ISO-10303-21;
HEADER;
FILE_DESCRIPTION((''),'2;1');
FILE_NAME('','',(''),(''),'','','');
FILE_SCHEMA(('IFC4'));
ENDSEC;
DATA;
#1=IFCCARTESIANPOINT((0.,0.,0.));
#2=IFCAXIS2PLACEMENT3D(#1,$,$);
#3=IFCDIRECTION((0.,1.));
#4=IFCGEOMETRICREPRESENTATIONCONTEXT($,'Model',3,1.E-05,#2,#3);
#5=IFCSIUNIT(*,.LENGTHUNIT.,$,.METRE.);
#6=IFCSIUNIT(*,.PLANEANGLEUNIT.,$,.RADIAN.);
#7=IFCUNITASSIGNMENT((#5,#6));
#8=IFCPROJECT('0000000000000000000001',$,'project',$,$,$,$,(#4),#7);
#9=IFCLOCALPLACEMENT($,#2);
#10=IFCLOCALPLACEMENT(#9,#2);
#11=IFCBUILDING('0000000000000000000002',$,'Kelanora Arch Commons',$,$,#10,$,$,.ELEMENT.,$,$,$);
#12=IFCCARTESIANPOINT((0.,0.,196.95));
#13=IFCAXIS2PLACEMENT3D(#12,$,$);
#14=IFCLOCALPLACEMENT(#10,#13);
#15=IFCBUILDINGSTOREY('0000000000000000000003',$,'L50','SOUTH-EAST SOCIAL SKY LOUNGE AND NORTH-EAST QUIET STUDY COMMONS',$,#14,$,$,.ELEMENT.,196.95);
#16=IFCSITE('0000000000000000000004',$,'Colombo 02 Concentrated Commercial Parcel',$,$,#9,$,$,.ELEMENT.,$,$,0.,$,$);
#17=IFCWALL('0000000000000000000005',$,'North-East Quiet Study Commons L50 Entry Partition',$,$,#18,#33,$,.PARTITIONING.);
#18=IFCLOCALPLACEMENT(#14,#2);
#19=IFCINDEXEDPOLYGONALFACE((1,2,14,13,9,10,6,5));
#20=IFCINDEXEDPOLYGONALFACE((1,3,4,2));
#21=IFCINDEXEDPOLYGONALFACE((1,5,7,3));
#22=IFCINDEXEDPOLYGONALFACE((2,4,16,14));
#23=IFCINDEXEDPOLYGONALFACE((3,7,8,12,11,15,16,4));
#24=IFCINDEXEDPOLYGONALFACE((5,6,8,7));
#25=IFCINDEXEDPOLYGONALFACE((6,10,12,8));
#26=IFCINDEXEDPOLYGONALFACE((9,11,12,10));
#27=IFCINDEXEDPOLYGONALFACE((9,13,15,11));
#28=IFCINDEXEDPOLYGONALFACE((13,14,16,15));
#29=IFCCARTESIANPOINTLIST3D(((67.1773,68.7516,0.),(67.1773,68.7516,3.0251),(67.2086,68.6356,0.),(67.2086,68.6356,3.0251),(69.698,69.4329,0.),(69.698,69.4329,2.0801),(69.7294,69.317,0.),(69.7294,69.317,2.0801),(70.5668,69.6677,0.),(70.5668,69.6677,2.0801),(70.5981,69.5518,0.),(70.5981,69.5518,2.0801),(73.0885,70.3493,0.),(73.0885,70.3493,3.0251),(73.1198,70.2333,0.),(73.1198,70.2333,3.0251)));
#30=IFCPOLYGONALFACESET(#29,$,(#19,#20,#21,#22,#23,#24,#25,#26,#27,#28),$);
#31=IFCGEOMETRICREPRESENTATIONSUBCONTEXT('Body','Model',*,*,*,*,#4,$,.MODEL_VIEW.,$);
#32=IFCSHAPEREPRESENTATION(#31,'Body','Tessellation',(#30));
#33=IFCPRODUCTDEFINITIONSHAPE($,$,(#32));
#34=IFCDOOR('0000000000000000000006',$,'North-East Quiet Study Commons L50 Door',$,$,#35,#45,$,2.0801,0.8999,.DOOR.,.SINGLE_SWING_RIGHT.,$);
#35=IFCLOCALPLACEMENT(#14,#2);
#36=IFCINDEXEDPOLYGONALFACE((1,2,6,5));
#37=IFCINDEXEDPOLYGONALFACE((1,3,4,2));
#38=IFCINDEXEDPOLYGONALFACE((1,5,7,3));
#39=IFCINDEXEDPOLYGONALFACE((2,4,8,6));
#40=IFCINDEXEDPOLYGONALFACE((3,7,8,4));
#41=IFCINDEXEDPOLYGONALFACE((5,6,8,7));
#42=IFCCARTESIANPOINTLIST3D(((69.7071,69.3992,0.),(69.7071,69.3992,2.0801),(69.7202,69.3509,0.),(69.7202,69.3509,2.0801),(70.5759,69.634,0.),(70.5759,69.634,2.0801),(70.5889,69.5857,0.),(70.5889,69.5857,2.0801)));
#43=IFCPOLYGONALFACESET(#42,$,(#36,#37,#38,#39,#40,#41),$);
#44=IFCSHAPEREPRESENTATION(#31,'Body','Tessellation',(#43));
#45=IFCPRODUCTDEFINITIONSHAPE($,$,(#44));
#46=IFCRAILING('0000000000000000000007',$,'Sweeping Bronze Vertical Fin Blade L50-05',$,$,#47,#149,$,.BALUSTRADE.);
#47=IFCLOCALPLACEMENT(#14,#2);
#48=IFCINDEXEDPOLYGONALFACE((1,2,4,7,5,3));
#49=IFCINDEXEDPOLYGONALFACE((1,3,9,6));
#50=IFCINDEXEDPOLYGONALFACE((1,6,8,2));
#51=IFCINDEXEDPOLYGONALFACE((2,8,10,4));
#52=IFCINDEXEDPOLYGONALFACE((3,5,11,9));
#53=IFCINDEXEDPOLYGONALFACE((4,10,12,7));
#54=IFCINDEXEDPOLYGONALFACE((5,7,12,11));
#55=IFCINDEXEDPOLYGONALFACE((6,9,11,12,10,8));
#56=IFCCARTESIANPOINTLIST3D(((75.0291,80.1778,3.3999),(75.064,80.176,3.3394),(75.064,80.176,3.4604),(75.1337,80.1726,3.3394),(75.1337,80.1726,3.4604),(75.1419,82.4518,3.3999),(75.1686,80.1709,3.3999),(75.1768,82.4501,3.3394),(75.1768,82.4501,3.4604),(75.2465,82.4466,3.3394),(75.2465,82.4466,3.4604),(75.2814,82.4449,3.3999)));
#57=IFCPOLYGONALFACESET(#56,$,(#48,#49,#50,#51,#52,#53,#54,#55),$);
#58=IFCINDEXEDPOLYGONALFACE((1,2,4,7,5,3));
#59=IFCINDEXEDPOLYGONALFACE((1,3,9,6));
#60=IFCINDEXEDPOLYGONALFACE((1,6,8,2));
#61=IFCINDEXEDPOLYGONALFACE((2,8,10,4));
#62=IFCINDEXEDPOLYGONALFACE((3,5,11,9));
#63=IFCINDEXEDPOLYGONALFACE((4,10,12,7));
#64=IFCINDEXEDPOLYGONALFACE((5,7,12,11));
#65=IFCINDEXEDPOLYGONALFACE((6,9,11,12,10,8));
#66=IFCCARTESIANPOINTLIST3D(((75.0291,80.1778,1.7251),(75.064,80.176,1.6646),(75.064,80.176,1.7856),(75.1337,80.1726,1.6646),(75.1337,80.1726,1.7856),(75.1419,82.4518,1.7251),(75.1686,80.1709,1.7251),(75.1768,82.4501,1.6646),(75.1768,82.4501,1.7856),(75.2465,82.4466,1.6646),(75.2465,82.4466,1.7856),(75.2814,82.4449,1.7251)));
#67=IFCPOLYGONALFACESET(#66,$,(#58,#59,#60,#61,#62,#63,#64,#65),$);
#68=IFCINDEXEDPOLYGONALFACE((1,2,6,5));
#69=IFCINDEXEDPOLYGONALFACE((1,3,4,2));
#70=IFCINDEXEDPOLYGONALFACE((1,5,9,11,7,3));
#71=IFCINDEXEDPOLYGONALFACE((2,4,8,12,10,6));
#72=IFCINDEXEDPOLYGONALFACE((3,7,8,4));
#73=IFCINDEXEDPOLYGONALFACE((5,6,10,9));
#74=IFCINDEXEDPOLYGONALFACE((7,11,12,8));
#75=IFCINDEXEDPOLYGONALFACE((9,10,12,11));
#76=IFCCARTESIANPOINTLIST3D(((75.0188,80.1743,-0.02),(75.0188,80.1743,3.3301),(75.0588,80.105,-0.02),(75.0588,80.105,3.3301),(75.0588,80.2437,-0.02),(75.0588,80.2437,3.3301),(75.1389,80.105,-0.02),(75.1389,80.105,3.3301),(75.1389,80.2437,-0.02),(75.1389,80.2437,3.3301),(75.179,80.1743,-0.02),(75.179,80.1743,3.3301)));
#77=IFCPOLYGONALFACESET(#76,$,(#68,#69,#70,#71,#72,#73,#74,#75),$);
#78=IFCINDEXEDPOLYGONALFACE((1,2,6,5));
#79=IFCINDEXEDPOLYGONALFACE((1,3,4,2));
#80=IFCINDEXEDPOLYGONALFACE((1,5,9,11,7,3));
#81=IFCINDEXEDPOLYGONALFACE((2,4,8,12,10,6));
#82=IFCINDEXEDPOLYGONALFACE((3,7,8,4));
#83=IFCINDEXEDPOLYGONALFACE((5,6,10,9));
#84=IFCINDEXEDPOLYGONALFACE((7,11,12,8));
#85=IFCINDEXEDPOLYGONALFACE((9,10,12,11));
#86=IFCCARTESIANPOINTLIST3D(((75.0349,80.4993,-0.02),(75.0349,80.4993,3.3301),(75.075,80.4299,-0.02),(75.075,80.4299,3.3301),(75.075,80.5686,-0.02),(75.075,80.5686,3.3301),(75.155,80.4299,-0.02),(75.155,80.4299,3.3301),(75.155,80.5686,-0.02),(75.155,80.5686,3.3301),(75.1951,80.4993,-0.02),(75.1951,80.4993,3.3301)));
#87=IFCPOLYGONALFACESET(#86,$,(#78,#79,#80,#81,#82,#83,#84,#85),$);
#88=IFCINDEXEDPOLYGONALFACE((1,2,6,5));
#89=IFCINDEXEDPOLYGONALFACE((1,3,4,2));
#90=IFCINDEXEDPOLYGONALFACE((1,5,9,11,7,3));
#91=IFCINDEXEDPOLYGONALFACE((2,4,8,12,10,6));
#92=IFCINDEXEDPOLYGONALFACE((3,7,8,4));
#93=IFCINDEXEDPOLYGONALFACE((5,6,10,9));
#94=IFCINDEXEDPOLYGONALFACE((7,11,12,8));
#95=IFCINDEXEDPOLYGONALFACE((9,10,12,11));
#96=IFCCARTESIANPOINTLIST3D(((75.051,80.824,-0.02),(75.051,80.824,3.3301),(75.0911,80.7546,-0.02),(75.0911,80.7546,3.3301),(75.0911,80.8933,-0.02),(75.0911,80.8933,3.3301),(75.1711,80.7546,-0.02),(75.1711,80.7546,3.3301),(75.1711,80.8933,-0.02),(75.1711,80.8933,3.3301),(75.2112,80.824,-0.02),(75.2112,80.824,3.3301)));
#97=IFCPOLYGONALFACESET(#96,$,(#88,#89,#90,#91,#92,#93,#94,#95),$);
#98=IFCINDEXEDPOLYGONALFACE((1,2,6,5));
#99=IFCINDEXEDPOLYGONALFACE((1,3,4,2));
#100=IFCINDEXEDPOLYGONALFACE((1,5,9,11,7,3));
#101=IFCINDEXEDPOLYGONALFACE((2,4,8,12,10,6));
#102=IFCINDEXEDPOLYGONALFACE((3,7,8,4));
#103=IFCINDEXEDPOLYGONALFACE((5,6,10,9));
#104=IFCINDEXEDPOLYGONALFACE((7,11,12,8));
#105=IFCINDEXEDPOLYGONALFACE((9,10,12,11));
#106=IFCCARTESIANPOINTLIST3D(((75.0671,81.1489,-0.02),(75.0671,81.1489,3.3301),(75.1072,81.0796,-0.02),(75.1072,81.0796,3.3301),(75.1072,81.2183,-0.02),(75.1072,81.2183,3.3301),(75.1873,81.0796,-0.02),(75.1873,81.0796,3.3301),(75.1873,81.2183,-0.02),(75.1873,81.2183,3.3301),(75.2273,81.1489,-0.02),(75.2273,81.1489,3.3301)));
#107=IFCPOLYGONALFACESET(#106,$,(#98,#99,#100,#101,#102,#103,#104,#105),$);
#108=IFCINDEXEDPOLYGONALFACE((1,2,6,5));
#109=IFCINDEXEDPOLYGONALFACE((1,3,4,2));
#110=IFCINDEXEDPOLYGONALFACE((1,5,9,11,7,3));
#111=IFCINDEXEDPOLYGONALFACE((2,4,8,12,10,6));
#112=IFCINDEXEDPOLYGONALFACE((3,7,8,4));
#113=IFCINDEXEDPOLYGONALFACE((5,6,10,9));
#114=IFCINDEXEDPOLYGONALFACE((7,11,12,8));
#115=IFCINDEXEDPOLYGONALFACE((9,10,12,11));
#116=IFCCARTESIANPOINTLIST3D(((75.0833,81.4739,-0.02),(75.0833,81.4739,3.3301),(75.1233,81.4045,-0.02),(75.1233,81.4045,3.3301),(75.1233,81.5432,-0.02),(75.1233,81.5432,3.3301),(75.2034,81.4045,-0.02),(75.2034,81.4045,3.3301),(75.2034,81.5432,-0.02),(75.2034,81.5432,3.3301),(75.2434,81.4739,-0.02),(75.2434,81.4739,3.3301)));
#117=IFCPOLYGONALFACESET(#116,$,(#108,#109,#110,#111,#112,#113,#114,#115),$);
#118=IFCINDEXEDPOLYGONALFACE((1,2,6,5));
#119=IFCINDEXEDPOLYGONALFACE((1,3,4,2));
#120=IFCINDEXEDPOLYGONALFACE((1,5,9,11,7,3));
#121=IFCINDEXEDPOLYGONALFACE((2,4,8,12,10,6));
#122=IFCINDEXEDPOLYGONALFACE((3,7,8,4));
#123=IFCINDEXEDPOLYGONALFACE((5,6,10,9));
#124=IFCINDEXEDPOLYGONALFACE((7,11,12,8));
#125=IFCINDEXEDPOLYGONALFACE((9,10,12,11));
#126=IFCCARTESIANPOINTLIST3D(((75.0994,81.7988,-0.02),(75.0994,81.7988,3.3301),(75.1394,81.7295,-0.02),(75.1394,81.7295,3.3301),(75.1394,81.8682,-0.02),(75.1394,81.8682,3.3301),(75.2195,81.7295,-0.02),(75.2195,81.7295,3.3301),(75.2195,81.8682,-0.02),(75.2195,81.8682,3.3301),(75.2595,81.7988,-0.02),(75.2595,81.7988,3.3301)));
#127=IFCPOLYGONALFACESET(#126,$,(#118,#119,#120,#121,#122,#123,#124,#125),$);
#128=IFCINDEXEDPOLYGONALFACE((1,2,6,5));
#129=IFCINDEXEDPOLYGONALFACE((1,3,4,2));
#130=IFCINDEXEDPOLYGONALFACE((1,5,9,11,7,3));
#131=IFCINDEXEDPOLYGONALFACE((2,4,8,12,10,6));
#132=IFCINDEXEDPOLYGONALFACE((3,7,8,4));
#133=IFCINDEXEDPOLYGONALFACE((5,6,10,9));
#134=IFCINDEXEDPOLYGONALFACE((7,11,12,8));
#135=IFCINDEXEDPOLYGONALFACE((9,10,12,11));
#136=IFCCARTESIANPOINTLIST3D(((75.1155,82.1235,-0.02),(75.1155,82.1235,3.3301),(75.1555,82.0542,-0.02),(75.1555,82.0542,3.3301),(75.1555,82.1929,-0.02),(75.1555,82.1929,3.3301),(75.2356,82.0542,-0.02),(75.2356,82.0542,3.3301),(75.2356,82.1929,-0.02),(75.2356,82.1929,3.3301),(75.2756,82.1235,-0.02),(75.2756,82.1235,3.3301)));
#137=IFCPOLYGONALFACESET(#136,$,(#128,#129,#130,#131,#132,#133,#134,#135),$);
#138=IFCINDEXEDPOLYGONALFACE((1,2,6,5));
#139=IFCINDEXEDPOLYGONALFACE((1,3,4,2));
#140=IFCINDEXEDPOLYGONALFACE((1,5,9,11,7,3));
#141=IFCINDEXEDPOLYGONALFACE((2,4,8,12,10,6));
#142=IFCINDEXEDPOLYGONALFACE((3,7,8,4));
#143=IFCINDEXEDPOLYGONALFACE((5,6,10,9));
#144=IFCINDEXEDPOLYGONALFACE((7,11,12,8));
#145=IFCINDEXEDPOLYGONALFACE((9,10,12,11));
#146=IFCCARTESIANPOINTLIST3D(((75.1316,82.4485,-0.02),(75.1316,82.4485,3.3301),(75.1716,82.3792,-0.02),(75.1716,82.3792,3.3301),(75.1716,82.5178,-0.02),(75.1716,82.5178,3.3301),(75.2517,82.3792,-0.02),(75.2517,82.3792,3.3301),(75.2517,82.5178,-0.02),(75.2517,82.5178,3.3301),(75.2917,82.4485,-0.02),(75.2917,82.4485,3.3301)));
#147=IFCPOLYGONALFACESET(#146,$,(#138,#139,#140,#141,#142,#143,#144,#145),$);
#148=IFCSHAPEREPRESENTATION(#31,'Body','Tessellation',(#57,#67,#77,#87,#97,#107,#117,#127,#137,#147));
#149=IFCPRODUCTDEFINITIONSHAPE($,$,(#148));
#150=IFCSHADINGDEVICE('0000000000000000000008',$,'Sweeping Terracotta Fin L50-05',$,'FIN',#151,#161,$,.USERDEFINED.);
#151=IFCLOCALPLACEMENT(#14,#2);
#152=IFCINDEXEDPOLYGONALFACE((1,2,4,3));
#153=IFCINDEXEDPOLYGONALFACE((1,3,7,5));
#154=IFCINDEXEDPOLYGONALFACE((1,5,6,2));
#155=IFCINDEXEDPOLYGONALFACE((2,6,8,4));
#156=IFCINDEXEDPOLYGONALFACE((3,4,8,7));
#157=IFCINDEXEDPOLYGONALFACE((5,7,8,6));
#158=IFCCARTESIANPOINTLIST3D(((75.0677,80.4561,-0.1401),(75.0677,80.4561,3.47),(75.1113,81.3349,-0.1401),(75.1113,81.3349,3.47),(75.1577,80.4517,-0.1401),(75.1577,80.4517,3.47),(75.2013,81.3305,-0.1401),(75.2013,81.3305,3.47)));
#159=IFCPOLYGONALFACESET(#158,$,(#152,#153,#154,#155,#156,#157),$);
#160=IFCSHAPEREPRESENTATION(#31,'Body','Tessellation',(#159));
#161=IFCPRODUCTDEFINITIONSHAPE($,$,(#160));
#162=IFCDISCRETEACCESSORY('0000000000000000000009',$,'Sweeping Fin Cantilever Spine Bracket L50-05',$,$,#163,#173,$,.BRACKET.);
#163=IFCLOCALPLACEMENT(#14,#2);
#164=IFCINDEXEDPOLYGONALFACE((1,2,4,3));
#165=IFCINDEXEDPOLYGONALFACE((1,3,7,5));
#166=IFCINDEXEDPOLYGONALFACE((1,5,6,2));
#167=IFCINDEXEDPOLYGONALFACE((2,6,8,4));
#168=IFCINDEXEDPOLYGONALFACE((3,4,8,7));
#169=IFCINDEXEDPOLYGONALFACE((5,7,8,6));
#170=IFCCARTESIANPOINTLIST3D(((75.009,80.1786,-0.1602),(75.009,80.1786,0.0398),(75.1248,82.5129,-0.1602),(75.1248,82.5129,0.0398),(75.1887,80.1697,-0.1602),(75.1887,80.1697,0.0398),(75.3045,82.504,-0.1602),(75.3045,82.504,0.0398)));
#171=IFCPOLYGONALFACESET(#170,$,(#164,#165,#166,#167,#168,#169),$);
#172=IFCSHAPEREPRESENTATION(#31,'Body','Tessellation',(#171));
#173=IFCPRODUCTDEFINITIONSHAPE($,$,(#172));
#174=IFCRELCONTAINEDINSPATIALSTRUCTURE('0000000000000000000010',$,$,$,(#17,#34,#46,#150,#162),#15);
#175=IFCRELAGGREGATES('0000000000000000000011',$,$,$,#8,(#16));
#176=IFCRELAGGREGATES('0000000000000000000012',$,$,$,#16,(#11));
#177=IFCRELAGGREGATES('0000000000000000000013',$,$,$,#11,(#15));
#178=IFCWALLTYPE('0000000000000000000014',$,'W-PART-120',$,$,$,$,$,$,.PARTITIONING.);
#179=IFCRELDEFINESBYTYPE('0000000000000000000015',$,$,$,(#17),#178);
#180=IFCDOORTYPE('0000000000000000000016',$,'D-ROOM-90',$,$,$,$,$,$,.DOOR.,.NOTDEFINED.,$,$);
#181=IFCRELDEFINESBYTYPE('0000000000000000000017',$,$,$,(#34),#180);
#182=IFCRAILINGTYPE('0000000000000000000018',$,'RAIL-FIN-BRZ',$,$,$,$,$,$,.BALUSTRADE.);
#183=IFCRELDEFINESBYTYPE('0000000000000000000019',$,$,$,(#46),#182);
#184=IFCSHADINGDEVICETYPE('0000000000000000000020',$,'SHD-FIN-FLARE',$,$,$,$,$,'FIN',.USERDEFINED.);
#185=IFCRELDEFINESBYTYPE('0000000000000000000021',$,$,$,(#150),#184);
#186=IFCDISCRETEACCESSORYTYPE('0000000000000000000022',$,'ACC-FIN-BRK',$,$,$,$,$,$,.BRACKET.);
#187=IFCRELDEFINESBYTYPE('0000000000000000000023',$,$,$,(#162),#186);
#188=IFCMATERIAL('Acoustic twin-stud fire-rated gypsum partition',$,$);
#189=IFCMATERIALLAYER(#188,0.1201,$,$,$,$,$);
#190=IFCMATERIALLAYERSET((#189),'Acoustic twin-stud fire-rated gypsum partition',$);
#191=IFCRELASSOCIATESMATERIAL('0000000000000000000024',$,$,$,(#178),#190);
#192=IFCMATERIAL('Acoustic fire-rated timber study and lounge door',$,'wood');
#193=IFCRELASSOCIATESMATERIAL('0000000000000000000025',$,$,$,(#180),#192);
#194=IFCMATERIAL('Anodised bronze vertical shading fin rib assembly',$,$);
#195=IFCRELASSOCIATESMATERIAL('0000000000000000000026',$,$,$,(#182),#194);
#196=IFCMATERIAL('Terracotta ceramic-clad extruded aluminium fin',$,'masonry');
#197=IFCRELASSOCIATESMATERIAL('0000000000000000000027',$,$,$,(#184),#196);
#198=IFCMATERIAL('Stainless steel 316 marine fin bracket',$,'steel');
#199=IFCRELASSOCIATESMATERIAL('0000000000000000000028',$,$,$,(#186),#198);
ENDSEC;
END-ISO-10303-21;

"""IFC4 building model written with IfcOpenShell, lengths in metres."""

from ifc_helpers import new_model, si_unit, direction, frame, frame_2d, origin, origin_2d, place, context, subcontext, project, spatial, polyline, rectangle, outline, extrude, source, transform, mapped, material, layer, layer_set, type_object, element, fill, save


model = new_model("IFC4")

# Units and contexts
model_context = context("Model", 3, precision=1e-05, world=origin(), true_north=direction((0.0, 1.0)))
body_context = subcontext(model_context, "Body", "Model", "MODEL_VIEW")
ifc_project = project(units=[si_unit("LENGTHUNIT", "METRE"), si_unit("PLANEANGLEUNIT", "RADIAN")], contexts=[model_context])

# Site, building, storey
site_placement = place(None, origin())
site = spatial("IfcSite", under=ifc_project, at=site_placement, Name="Colombo 02 Concentrated Commercial Parcel", CompositionType="ELEMENT", RefElevation=0.0)
building_placement = place(site_placement, origin())
building = spatial("IfcBuilding", under=site, at=building_placement, Name="Kelanora Arch Commons", CompositionType="ELEMENT")
storey_placement = place(building_placement, frame((0.0, 0.0, 196.95)))
storey = spatial("IfcBuildingStorey", under=building, at=storey_placement, Name="L50", Description="SOUTH-EAST SOCIAL SKY LOUNGE AND NORTH-EAST QUIET STUDY COMMONS", CompositionType="ELEMENT", Elevation=196.95)

# Wall, opening, door
ifc_material_1 = material(Name="Acoustic twin-stud fire-rated gypsum partition")
ifc_layer_1 = layer(ifc_material_1, 0.1201)
ifc_layer_set_1 = layer_set([ifc_layer_1], Name="Acoustic twin-stud fire-rated gypsum partition")
wall_type_1 = type_object("IfcWallType", Name="W-PART-120", PredefinedType="PARTITIONING", material=ifc_layer_set_1)
wall_1_placement = place(storey_placement, frame((73.104, 70.2913, 0.0), z_axis=(0.0, 0.0, 1.0), x_axis=(-0.965361, -0.260917, 0.0)))
wall_1 = element("IfcWall", 1, at=wall_1_placement, inside=storey, type_object=wall_type_1, Name="North-East Quiet Study Commons L50 Entry Partition", PredefinedType="PARTITIONING", context=body_context, shape_type="SweptSolid", body=[
    extrude(rectangle(XDim=6.1233, YDim=0.1201, at=frame_2d((3.0615, 0.0))), origin(), (0.0, 0.0, 1.0), 3.0251),
])
opening_1_placement = place(wall_1_placement, frame((2.6121, 0.0, 0.0)))
opening_1 = element("IfcOpeningElement", 2, at=opening_1_placement, cuts=wall_1, PredefinedType="OPENING", context=body_context, shape_type="SweptSolid", body=[
    extrude(rectangle(XDim=0.8999, YDim=2.0801, at=frame_2d((0.45, 1.04))), frame((0.0, 0.0701, 0.0), z_axis=(0.0, -1.0, 0.0), x_axis=(1.0, 0.0, 0.0)), (0.0, 0.0, 1.0), 0.1401),
])
ifc_material_2 = material(Name="Acoustic fire-rated timber study and lounge door", Category="wood")
door_type = type_object("IfcDoorType", Name="D-ROOM-90", OperationType="NOTDEFINED", PredefinedType="DOOR", material=ifc_material_2)
door_placement = place(opening_1_placement, origin())
door = element("IfcDoor", 3, at=door_placement, inside=storey, type_object=door_type, Name="North-East Quiet Study Commons L50 Door", OperationType="SINGLE_SWING_RIGHT", OverallHeight=2.0801, OverallWidth=0.8999, PredefinedType="DOOR", context=body_context, shape_type="SweptSolid", body=[
    extrude(rectangle(XDim=0.8999, YDim=2.0801, at=frame_2d((0.45, 1.04))), frame((0.0, 0.0249, 0.0), z_axis=(0.0, -1.0, 0.0), x_axis=(1.0, 0.0, 0.0)), (0.0, 0.0, 1.0), 0.05),
])
fill(opening_1, door)

# Railing
ifc_material_3 = material(Name="Anodised bronze vertical shading fin rib assembly")
railing_type = type_object("IfcRailingType", Name="RAIL-FIN-BRZ", PredefinedType="BALUSTRADE", material=ifc_material_3)
railing_placement = place(storey_placement, frame((75.0989, 80.1743, -0.02)))
element("IfcRailing", 4, at=railing_placement, inside=storey, type_object=railing_type, Name="Sweeping Bronze Vertical Fin Blade L50-05", PredefinedType="BALUSTRADE", context=body_context, shape_type="SweptSolid", body=[
    extrude(outline(polyline([(0.0698, 0.0), (0.0349, 0.0605), (-0.0349, 0.0605), (-0.0698, 0.0), (-0.0349, -0.0605), (0.0349, -0.0605), (0.0698, 0.0)])), frame((0.0, 0.0, 3.4199), z_axis=(0.049537, 0.998772, 0.0), x_axis=(-0.998772, 0.049537, 0.0)), (0.0, 0.0, 1.0), 2.2769),
    extrude(outline(polyline([(0.0698, 0.0), (0.0349, 0.0605), (-0.0349, 0.0605), (-0.0698, 0.0), (-0.0349, -0.0605), (0.0349, -0.0605), (0.0698, 0.0)])), frame((0.0, 0.0, 1.7451), z_axis=(0.049537, 0.998772, 0.0), x_axis=(-0.998772, 0.049537, 0.0)), (0.0, 0.0, 1.0), 2.2769),
    extrude(outline(polyline([(0.0801, 0.0), (0.04, 0.0693), (-0.04, 0.0693), (-0.0801, 0.0), (-0.04, -0.0693), (0.04, -0.0693), (0.0801, 0.0)])), origin(), (0.0, 0.0, 1.0), 3.3501),
    extrude(outline(polyline([(0.0801, 0.0), (0.04, 0.0693), (-0.04, 0.0693), (-0.0801, 0.0), (-0.04, -0.0693), (0.04, -0.0693), (0.0801, 0.0)])), frame((0.0161, 0.325, 0.0)), (0.0, 0.0, 1.0), 3.3501),
    extrude(outline(polyline([(0.0801, 0.0), (0.04, 0.0693), (-0.04, 0.0693), (-0.0801, 0.0), (-0.04, -0.0693), (0.04, -0.0693), (0.0801, 0.0)])), frame((0.0322, 0.6497, 0.0)), (0.0, 0.0, 1.0), 3.3501),
    extrude(outline(polyline([(0.0801, 0.0), (0.04, 0.0693), (-0.04, 0.0693), (-0.0801, 0.0), (-0.04, -0.0693), (0.04, -0.0693), (0.0801, 0.0)])), frame((0.0483, 0.9746, 0.0)), (0.0, 0.0, 1.0), 3.3501),
    extrude(outline(polyline([(0.0801, 0.0), (0.04, 0.0693), (-0.04, 0.0693), (-0.0801, 0.0), (-0.04, -0.0693), (0.04, -0.0693), (0.0801, 0.0)])), frame((0.0645, 1.2996, 0.0)), (0.0, 0.0, 1.0), 3.3501),
    extrude(outline(polyline([(0.0801, 0.0), (0.04, 0.0693), (-0.04, 0.0693), (-0.0801, 0.0), (-0.04, -0.0693), (0.04, -0.0693), (0.0801, 0.0)])), frame((0.0806, 1.6245, 0.0)), (0.0, 0.0, 1.0), 3.3501),
    extrude(outline(polyline([(0.0801, 0.0), (0.04, 0.0693), (-0.04, 0.0693), (-0.0801, 0.0), (-0.04, -0.0693), (0.04, -0.0693), (0.0801, 0.0)])), frame((0.0967, 1.9492, 0.0)), (0.0, 0.0, 1.0), 3.3501),
    extrude(outline(polyline([(0.0801, 0.0), (0.04, 0.0693), (-0.04, 0.0693), (-0.0801, 0.0), (-0.04, -0.0693), (0.04, -0.0693), (0.0801, 0.0)])), frame((0.1128, 2.2742, 0.0)), (0.0, 0.0, 1.0), 3.3501),
])

# Shading device
ifc_material_4 = material(Name="Terracotta ceramic-clad extruded aluminium fin", Category="masonry")
shading_device_type = type_object("IfcShadingDeviceType", Name="SHD-FIN-FLARE", ElementType="FIN", PredefinedType="USERDEFINED", material=ifc_material_4)
shared_shape_1 = source(origin(), body_context, "Body", "SweptSolid", [
    extrude(rectangle(XDim=0.8799, YDim=0.0901, at=origin_2d()), origin(), (0.0, 0.0, 1.0), 3.6101),
])
shading_device_placement = place(storey_placement, frame((75.1345, 80.8933, -0.1401), z_axis=(0.0, 0.0, 1.0), x_axis=(0.049547, 0.998772, 0.0)))
element("IfcShadingDevice", 5, at=shading_device_placement, inside=storey, type_object=shading_device_type, Name="Sweeping Terracotta Fin L50-05", ObjectType="FIN", PredefinedType="USERDEFINED", context=body_context, shape_type="MappedRepresentation", body=[
    mapped(shared_shape_1, transform((0.0, 0.0, 0.0), scale=1.0)),
])

# Discrete accessory
ifc_material_5 = material(Name="Stainless steel 316 marine fin bracket", Category="steel")
discrete_accessory_type = type_object("IfcDiscreteAccessoryType", Name="ACC-FIN-BRK", PredefinedType="BRACKET", material=ifc_material_5)
shared_shape_2 = source(origin(), body_context, "Body", "SweptSolid", [
    extrude(rectangle(XDim=2.3372, YDim=0.1799, at=origin_2d()), origin(), (0.0, 0.0, 1.0), 0.2),
])
discrete_accessory_placement = place(storey_placement, frame((75.1567, 81.3413, -0.1602), z_axis=(0.0, 0.0, 1.0), x_axis=(0.049547, 0.998772, 0.0)))
element("IfcDiscreteAccessory", 6, at=discrete_accessory_placement, inside=storey, type_object=discrete_accessory_type, Name="Sweeping Fin Cantilever Spine Bracket L50-05", PredefinedType="BRACKET", context=body_context, shape_type="MappedRepresentation", body=[
    mapped(shared_shape_2, transform((0.0, 0.0, 0.0), scale=1.0)),
])

save(model, "model.ifc")
